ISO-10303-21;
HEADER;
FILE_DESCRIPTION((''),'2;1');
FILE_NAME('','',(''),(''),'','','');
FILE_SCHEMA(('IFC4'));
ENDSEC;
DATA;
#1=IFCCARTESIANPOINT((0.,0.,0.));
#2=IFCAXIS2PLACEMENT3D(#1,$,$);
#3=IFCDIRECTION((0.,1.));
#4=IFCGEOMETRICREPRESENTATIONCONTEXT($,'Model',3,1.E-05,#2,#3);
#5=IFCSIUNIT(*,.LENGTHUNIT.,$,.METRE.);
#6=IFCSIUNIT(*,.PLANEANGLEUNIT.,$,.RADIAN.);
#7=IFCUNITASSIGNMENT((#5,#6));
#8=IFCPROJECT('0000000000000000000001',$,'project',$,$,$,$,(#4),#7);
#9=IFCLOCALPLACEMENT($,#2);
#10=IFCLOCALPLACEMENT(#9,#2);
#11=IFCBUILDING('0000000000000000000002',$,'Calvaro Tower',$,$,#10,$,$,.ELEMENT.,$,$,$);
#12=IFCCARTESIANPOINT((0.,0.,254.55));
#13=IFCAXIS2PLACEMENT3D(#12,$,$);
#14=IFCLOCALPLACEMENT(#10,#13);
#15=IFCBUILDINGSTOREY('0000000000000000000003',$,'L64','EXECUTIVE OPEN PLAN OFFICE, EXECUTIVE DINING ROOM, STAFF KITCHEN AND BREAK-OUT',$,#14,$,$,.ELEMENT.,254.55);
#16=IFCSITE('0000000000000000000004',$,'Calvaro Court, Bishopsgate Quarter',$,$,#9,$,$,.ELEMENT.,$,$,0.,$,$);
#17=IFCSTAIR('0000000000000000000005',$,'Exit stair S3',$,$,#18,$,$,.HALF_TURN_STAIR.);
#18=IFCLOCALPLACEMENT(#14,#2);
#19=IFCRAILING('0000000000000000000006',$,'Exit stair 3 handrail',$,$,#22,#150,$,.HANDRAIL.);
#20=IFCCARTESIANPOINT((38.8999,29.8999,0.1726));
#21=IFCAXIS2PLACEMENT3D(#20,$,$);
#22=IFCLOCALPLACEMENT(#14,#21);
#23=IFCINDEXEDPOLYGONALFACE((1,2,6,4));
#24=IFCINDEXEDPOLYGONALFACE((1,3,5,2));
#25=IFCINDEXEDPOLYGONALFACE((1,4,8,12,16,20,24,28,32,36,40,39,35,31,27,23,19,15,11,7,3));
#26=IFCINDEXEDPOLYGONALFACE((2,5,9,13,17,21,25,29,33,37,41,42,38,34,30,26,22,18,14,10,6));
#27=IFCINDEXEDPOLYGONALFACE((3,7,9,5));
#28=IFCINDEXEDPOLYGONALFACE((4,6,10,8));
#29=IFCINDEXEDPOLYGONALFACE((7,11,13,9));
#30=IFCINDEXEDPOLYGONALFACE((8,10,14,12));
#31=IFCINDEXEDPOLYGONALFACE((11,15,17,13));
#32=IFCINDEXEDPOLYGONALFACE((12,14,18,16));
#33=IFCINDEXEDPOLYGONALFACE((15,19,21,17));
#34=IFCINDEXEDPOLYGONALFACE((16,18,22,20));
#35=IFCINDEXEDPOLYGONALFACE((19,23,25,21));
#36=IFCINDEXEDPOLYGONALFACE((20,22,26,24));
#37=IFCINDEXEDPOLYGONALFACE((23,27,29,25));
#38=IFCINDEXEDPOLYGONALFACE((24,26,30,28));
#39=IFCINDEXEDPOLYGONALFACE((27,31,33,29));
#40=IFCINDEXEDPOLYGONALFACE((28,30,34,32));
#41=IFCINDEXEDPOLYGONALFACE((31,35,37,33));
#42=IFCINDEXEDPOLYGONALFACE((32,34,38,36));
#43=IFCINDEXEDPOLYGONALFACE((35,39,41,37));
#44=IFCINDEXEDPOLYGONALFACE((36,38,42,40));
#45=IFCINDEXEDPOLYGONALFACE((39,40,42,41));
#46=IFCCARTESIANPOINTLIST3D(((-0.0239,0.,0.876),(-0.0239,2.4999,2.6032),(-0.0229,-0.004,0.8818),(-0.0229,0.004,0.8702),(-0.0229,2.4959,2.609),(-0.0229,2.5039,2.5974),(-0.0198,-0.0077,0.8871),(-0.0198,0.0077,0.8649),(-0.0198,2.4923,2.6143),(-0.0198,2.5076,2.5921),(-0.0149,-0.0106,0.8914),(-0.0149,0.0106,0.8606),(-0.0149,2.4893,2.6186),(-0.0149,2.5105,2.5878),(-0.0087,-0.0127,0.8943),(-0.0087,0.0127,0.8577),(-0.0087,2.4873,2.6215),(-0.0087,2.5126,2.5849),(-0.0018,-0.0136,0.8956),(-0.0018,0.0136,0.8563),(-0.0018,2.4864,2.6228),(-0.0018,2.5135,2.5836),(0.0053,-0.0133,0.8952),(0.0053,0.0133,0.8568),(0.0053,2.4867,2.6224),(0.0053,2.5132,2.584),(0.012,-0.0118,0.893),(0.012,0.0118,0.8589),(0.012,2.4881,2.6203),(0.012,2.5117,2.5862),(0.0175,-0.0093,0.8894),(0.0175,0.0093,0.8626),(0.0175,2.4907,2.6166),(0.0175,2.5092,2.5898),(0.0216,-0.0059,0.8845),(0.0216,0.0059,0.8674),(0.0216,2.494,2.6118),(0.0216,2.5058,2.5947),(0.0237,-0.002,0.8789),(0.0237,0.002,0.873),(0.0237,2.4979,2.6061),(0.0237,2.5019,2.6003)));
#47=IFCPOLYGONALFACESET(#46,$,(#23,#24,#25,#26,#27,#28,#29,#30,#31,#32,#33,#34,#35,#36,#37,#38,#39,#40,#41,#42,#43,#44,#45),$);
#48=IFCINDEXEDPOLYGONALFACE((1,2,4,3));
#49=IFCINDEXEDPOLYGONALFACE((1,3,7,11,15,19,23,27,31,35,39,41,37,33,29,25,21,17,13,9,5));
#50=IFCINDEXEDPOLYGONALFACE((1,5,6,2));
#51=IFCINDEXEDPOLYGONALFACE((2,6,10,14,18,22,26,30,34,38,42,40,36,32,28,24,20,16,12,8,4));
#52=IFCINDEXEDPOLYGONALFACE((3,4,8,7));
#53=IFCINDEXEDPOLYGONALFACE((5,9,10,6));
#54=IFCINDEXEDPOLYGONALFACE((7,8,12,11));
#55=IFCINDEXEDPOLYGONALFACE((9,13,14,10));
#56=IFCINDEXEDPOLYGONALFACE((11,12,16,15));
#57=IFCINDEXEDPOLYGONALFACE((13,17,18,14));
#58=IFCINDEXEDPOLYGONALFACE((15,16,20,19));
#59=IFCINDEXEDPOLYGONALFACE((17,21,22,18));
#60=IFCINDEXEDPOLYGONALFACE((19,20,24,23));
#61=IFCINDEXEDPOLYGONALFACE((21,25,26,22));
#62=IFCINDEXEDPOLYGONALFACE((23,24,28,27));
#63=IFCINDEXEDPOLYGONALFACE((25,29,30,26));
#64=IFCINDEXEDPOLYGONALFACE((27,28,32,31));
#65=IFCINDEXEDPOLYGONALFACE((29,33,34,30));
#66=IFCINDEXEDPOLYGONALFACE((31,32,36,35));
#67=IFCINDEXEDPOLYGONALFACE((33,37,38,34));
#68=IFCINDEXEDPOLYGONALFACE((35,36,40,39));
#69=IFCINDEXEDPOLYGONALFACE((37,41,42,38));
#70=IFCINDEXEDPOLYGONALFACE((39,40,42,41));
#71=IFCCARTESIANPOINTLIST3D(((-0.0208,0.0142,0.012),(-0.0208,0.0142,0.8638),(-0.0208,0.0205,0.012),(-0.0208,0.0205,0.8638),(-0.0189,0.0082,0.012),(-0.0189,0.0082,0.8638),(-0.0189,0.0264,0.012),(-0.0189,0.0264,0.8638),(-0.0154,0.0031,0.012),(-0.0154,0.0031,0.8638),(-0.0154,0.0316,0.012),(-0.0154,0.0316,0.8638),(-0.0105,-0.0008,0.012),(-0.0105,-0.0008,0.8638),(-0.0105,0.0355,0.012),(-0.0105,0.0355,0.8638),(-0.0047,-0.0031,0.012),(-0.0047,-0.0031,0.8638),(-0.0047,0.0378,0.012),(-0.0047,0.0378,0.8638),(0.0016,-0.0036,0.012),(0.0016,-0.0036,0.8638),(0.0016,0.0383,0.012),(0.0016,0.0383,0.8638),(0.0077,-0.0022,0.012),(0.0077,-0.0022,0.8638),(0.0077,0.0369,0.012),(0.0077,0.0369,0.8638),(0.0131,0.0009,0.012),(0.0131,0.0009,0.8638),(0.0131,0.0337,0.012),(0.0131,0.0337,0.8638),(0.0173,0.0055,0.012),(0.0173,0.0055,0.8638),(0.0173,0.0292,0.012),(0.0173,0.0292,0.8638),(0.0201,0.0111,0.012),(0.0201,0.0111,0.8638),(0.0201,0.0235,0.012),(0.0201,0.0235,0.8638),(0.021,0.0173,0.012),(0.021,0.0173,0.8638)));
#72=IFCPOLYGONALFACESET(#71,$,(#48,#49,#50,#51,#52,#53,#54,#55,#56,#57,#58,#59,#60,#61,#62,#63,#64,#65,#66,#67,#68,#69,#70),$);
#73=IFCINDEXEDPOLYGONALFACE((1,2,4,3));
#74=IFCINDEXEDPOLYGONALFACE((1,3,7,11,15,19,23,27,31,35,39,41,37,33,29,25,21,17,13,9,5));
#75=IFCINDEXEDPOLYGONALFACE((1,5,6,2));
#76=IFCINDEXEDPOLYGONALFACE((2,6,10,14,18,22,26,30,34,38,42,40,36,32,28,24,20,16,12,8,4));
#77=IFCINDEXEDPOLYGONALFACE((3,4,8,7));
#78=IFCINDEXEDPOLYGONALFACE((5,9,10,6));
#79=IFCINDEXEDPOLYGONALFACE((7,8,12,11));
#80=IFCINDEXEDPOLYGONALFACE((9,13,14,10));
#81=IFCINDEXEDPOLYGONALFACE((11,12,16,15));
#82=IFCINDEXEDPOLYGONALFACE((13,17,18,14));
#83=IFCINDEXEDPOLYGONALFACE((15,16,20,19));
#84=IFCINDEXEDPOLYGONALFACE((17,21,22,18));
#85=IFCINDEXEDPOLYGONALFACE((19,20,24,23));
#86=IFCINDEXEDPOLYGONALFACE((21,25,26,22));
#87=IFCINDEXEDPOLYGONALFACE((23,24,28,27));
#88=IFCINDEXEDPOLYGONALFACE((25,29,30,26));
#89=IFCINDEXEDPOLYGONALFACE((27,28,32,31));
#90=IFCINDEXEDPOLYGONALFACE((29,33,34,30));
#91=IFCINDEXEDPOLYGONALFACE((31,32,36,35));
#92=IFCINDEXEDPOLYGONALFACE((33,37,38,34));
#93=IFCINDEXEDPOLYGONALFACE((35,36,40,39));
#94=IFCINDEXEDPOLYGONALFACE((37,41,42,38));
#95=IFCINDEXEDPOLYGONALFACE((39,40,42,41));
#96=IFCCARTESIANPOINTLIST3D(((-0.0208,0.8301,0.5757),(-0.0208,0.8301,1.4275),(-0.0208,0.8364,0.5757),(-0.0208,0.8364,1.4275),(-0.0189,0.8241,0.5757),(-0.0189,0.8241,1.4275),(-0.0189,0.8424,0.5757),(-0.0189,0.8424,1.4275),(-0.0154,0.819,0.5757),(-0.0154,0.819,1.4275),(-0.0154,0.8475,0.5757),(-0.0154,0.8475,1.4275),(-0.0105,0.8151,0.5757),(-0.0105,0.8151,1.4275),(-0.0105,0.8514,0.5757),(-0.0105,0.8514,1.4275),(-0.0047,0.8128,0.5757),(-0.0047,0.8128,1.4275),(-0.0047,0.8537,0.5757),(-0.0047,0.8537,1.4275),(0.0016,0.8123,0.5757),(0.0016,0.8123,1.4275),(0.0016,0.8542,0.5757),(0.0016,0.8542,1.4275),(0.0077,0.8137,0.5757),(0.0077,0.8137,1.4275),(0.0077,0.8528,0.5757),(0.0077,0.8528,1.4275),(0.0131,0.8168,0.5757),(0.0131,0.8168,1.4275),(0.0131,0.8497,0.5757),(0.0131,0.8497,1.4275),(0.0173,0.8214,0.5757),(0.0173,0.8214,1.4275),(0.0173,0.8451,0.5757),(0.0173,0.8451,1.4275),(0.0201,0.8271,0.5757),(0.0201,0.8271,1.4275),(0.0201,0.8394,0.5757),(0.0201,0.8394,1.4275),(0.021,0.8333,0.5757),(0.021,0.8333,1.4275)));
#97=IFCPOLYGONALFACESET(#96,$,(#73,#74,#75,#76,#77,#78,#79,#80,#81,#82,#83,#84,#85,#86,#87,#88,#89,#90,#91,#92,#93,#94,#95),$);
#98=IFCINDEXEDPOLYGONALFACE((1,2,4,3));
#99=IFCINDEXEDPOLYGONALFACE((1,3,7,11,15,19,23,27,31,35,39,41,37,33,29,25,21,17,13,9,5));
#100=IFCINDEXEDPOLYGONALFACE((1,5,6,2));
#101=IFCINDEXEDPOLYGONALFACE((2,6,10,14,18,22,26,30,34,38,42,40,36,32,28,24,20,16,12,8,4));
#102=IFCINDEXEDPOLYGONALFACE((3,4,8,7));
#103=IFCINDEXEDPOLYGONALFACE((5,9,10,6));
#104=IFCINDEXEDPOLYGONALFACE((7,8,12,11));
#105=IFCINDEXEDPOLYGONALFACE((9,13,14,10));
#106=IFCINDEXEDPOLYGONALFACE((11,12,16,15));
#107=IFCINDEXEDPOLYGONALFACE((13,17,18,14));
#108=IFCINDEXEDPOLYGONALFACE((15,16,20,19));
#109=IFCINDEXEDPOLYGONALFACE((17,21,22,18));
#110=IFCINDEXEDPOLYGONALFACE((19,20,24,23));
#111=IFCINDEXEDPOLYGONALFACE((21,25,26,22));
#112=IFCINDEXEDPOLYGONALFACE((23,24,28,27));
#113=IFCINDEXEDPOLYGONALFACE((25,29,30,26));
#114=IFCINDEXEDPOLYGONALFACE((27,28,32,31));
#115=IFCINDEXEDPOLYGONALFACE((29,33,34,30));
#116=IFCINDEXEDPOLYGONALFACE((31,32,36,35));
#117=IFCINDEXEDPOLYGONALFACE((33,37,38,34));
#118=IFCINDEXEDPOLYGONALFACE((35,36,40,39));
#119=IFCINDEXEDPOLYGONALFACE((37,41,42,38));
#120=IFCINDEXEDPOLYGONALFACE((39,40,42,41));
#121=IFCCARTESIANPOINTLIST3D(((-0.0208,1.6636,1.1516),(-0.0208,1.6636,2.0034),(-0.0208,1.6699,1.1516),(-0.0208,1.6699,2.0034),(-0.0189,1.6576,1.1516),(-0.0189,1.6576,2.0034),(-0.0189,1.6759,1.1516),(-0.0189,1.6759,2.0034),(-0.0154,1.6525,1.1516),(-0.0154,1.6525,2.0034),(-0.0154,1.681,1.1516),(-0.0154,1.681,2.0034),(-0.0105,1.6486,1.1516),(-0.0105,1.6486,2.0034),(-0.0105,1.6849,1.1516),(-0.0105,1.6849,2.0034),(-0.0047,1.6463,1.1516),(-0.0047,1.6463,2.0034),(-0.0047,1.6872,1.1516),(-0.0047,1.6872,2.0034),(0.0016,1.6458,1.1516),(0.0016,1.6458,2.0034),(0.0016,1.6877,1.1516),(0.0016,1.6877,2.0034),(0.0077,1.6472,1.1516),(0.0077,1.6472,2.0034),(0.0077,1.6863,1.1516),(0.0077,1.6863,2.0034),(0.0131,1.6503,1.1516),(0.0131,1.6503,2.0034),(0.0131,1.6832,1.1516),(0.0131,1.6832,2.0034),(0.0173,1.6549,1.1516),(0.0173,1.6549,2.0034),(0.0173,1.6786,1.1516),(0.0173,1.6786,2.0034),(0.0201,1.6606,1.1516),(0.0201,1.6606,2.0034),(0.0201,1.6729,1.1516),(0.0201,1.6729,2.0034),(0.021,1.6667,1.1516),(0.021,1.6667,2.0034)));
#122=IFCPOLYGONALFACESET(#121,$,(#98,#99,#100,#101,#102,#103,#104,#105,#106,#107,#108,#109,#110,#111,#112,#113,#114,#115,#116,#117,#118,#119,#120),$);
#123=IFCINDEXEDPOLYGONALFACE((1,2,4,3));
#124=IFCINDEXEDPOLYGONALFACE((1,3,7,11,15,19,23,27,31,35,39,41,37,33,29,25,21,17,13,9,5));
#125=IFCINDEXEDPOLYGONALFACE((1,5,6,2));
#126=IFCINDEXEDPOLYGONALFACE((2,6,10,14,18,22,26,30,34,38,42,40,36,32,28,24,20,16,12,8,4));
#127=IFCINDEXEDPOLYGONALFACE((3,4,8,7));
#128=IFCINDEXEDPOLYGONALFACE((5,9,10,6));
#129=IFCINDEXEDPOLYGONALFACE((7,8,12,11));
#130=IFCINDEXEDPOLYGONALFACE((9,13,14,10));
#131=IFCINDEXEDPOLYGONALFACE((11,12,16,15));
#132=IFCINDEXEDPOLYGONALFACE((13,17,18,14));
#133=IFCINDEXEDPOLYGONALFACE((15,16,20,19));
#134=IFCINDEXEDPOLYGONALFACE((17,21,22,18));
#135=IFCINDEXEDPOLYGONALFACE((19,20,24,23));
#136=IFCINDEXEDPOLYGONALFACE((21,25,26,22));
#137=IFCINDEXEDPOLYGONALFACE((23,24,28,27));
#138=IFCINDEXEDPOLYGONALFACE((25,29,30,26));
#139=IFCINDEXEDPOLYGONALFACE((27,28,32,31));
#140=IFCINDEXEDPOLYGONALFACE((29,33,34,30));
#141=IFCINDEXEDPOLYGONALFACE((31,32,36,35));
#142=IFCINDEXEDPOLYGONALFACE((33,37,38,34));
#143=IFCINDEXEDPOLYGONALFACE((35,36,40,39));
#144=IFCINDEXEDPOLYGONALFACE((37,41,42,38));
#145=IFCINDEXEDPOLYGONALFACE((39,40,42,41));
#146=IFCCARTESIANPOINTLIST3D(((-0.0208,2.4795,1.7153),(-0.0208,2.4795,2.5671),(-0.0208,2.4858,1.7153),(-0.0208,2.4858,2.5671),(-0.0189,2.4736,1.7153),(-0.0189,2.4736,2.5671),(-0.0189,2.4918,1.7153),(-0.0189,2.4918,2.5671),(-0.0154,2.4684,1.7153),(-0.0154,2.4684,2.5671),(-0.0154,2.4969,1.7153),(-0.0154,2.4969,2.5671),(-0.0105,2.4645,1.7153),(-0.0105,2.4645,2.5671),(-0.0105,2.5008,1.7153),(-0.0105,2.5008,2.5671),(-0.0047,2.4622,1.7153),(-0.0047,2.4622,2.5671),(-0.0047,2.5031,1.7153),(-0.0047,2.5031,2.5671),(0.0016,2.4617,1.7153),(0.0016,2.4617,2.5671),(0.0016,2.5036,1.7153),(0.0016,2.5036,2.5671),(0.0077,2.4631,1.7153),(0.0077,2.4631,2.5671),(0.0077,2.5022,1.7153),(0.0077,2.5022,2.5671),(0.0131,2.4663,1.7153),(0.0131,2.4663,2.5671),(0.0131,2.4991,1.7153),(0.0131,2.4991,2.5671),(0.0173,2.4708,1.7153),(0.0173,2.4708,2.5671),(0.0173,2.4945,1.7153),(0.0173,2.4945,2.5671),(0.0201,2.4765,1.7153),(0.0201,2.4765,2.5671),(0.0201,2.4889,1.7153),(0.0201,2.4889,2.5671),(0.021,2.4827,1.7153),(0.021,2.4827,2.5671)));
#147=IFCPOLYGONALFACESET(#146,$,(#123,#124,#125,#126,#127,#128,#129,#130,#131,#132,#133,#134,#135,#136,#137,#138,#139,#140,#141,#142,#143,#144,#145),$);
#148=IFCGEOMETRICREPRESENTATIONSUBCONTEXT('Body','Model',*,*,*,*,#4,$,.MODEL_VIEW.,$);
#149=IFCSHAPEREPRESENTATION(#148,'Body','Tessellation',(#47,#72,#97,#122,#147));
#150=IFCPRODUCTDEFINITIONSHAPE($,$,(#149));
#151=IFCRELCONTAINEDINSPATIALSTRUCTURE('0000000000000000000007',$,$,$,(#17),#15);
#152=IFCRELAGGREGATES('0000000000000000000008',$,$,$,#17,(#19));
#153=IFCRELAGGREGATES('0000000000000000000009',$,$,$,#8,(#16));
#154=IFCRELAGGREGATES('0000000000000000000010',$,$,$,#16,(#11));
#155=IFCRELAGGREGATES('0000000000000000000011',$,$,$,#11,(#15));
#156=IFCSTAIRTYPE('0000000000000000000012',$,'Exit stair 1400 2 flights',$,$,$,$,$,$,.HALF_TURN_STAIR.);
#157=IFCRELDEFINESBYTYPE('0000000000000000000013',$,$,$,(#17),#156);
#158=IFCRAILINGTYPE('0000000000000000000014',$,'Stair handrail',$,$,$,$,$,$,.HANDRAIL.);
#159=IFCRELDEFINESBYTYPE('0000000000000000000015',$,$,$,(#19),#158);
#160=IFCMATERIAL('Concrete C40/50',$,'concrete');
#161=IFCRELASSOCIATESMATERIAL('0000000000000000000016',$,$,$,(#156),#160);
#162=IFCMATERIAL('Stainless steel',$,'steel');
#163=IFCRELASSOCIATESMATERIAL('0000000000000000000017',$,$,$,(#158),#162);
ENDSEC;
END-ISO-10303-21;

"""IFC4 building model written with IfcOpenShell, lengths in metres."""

from ifc_helpers import new_model, si_unit, direction, frame, origin, origin_2d, place, context, subcontext, project, spatial, circle, extrude, material, type_object, element, aggregate, save


model = new_model("IFC4")

# Units and contexts
model_context = context("Model", 3, precision=1e-05, world=origin(), true_north=direction((0.0, 1.0)))
body_context = subcontext(model_context, "Body", "Model", "MODEL_VIEW")
ifc_project = project(units=[si_unit("LENGTHUNIT", "METRE"), si_unit("PLANEANGLEUNIT", "RADIAN")], contexts=[model_context])

# Site, building, storey
site_placement = place(None, origin())
site = spatial("IfcSite", under=ifc_project, at=site_placement, Name="Calvaro Court, Bishopsgate Quarter", CompositionType="ELEMENT", RefElevation=0.0)
building_placement = place(site_placement, origin())
building = spatial("IfcBuilding", under=site, at=building_placement, Name="Calvaro Tower", CompositionType="ELEMENT")
storey_placement = place(building_placement, frame((0.0, 0.0, 254.55)))
storey = spatial("IfcBuildingStorey", under=building, at=storey_placement, Name="L64", Description="EXECUTIVE OPEN PLAN OFFICE, EXECUTIVE DINING ROOM, STAFF KITCHEN AND BREAK-OUT", CompositionType="ELEMENT", Elevation=254.55)

# Stair
ifc_material_1 = material(Name="Concrete C40/50", Category="concrete")
stair_type = type_object("IfcStairType", Name="Exit stair 1400 2 flights", PredefinedType="HALF_TURN_STAIR", material=ifc_material_1)
stair_1_placement = place(storey_placement, origin())
stair_1 = element("IfcStair", 1, at=stair_1_placement, inside=storey, type_object=stair_type, Name="Exit stair S3", PredefinedType="HALF_TURN_STAIR")

# Railing
ifc_material_2 = material(Name="Stainless steel", Category="steel")
railing_type = type_object("IfcRailingType", Name="Stair handrail", PredefinedType="HANDRAIL", material=ifc_material_2)
railing_1_placement = place(storey_placement, frame((38.8999, 29.8999, 0.1726)))
railing_1 = element("IfcRailing", 2, at=railing_1_placement, type_object=railing_type, Name="Exit stair 3 handrail", PredefinedType="HANDRAIL", context=body_context, shape_type="SweptSolid", body=[
    extrude(circle(Radius=0.0239, at=origin_2d()), frame((0.0, 0.0, 0.876), z_axis=(0.0, 0.822727, 0.568437), x_axis=(-1.0, 0.0, 0.0)), (0.0, 0.0, 1.0), 3.0386),
    extrude(circle(Radius=0.021, at=origin_2d()), frame((0.0, 0.0173, 0.012)), (0.0, 0.0, 1.0), 0.8518),
    extrude(circle(Radius=0.021, at=origin_2d()), frame((0.0, 0.8333, 0.5757)), (0.0, 0.0, 1.0), 0.8518),
    extrude(circle(Radius=0.021, at=origin_2d()), frame((0.0, 1.6667, 1.1516)), (0.0, 0.0, 1.0), 0.8518),
    extrude(circle(Radius=0.021, at=origin_2d()), frame((0.0, 2.4827, 1.7153)), (0.0, 0.0, 1.0), 0.8518),
])
aggregate(stair_1, [railing_1])

save(model, "model.ifc")
